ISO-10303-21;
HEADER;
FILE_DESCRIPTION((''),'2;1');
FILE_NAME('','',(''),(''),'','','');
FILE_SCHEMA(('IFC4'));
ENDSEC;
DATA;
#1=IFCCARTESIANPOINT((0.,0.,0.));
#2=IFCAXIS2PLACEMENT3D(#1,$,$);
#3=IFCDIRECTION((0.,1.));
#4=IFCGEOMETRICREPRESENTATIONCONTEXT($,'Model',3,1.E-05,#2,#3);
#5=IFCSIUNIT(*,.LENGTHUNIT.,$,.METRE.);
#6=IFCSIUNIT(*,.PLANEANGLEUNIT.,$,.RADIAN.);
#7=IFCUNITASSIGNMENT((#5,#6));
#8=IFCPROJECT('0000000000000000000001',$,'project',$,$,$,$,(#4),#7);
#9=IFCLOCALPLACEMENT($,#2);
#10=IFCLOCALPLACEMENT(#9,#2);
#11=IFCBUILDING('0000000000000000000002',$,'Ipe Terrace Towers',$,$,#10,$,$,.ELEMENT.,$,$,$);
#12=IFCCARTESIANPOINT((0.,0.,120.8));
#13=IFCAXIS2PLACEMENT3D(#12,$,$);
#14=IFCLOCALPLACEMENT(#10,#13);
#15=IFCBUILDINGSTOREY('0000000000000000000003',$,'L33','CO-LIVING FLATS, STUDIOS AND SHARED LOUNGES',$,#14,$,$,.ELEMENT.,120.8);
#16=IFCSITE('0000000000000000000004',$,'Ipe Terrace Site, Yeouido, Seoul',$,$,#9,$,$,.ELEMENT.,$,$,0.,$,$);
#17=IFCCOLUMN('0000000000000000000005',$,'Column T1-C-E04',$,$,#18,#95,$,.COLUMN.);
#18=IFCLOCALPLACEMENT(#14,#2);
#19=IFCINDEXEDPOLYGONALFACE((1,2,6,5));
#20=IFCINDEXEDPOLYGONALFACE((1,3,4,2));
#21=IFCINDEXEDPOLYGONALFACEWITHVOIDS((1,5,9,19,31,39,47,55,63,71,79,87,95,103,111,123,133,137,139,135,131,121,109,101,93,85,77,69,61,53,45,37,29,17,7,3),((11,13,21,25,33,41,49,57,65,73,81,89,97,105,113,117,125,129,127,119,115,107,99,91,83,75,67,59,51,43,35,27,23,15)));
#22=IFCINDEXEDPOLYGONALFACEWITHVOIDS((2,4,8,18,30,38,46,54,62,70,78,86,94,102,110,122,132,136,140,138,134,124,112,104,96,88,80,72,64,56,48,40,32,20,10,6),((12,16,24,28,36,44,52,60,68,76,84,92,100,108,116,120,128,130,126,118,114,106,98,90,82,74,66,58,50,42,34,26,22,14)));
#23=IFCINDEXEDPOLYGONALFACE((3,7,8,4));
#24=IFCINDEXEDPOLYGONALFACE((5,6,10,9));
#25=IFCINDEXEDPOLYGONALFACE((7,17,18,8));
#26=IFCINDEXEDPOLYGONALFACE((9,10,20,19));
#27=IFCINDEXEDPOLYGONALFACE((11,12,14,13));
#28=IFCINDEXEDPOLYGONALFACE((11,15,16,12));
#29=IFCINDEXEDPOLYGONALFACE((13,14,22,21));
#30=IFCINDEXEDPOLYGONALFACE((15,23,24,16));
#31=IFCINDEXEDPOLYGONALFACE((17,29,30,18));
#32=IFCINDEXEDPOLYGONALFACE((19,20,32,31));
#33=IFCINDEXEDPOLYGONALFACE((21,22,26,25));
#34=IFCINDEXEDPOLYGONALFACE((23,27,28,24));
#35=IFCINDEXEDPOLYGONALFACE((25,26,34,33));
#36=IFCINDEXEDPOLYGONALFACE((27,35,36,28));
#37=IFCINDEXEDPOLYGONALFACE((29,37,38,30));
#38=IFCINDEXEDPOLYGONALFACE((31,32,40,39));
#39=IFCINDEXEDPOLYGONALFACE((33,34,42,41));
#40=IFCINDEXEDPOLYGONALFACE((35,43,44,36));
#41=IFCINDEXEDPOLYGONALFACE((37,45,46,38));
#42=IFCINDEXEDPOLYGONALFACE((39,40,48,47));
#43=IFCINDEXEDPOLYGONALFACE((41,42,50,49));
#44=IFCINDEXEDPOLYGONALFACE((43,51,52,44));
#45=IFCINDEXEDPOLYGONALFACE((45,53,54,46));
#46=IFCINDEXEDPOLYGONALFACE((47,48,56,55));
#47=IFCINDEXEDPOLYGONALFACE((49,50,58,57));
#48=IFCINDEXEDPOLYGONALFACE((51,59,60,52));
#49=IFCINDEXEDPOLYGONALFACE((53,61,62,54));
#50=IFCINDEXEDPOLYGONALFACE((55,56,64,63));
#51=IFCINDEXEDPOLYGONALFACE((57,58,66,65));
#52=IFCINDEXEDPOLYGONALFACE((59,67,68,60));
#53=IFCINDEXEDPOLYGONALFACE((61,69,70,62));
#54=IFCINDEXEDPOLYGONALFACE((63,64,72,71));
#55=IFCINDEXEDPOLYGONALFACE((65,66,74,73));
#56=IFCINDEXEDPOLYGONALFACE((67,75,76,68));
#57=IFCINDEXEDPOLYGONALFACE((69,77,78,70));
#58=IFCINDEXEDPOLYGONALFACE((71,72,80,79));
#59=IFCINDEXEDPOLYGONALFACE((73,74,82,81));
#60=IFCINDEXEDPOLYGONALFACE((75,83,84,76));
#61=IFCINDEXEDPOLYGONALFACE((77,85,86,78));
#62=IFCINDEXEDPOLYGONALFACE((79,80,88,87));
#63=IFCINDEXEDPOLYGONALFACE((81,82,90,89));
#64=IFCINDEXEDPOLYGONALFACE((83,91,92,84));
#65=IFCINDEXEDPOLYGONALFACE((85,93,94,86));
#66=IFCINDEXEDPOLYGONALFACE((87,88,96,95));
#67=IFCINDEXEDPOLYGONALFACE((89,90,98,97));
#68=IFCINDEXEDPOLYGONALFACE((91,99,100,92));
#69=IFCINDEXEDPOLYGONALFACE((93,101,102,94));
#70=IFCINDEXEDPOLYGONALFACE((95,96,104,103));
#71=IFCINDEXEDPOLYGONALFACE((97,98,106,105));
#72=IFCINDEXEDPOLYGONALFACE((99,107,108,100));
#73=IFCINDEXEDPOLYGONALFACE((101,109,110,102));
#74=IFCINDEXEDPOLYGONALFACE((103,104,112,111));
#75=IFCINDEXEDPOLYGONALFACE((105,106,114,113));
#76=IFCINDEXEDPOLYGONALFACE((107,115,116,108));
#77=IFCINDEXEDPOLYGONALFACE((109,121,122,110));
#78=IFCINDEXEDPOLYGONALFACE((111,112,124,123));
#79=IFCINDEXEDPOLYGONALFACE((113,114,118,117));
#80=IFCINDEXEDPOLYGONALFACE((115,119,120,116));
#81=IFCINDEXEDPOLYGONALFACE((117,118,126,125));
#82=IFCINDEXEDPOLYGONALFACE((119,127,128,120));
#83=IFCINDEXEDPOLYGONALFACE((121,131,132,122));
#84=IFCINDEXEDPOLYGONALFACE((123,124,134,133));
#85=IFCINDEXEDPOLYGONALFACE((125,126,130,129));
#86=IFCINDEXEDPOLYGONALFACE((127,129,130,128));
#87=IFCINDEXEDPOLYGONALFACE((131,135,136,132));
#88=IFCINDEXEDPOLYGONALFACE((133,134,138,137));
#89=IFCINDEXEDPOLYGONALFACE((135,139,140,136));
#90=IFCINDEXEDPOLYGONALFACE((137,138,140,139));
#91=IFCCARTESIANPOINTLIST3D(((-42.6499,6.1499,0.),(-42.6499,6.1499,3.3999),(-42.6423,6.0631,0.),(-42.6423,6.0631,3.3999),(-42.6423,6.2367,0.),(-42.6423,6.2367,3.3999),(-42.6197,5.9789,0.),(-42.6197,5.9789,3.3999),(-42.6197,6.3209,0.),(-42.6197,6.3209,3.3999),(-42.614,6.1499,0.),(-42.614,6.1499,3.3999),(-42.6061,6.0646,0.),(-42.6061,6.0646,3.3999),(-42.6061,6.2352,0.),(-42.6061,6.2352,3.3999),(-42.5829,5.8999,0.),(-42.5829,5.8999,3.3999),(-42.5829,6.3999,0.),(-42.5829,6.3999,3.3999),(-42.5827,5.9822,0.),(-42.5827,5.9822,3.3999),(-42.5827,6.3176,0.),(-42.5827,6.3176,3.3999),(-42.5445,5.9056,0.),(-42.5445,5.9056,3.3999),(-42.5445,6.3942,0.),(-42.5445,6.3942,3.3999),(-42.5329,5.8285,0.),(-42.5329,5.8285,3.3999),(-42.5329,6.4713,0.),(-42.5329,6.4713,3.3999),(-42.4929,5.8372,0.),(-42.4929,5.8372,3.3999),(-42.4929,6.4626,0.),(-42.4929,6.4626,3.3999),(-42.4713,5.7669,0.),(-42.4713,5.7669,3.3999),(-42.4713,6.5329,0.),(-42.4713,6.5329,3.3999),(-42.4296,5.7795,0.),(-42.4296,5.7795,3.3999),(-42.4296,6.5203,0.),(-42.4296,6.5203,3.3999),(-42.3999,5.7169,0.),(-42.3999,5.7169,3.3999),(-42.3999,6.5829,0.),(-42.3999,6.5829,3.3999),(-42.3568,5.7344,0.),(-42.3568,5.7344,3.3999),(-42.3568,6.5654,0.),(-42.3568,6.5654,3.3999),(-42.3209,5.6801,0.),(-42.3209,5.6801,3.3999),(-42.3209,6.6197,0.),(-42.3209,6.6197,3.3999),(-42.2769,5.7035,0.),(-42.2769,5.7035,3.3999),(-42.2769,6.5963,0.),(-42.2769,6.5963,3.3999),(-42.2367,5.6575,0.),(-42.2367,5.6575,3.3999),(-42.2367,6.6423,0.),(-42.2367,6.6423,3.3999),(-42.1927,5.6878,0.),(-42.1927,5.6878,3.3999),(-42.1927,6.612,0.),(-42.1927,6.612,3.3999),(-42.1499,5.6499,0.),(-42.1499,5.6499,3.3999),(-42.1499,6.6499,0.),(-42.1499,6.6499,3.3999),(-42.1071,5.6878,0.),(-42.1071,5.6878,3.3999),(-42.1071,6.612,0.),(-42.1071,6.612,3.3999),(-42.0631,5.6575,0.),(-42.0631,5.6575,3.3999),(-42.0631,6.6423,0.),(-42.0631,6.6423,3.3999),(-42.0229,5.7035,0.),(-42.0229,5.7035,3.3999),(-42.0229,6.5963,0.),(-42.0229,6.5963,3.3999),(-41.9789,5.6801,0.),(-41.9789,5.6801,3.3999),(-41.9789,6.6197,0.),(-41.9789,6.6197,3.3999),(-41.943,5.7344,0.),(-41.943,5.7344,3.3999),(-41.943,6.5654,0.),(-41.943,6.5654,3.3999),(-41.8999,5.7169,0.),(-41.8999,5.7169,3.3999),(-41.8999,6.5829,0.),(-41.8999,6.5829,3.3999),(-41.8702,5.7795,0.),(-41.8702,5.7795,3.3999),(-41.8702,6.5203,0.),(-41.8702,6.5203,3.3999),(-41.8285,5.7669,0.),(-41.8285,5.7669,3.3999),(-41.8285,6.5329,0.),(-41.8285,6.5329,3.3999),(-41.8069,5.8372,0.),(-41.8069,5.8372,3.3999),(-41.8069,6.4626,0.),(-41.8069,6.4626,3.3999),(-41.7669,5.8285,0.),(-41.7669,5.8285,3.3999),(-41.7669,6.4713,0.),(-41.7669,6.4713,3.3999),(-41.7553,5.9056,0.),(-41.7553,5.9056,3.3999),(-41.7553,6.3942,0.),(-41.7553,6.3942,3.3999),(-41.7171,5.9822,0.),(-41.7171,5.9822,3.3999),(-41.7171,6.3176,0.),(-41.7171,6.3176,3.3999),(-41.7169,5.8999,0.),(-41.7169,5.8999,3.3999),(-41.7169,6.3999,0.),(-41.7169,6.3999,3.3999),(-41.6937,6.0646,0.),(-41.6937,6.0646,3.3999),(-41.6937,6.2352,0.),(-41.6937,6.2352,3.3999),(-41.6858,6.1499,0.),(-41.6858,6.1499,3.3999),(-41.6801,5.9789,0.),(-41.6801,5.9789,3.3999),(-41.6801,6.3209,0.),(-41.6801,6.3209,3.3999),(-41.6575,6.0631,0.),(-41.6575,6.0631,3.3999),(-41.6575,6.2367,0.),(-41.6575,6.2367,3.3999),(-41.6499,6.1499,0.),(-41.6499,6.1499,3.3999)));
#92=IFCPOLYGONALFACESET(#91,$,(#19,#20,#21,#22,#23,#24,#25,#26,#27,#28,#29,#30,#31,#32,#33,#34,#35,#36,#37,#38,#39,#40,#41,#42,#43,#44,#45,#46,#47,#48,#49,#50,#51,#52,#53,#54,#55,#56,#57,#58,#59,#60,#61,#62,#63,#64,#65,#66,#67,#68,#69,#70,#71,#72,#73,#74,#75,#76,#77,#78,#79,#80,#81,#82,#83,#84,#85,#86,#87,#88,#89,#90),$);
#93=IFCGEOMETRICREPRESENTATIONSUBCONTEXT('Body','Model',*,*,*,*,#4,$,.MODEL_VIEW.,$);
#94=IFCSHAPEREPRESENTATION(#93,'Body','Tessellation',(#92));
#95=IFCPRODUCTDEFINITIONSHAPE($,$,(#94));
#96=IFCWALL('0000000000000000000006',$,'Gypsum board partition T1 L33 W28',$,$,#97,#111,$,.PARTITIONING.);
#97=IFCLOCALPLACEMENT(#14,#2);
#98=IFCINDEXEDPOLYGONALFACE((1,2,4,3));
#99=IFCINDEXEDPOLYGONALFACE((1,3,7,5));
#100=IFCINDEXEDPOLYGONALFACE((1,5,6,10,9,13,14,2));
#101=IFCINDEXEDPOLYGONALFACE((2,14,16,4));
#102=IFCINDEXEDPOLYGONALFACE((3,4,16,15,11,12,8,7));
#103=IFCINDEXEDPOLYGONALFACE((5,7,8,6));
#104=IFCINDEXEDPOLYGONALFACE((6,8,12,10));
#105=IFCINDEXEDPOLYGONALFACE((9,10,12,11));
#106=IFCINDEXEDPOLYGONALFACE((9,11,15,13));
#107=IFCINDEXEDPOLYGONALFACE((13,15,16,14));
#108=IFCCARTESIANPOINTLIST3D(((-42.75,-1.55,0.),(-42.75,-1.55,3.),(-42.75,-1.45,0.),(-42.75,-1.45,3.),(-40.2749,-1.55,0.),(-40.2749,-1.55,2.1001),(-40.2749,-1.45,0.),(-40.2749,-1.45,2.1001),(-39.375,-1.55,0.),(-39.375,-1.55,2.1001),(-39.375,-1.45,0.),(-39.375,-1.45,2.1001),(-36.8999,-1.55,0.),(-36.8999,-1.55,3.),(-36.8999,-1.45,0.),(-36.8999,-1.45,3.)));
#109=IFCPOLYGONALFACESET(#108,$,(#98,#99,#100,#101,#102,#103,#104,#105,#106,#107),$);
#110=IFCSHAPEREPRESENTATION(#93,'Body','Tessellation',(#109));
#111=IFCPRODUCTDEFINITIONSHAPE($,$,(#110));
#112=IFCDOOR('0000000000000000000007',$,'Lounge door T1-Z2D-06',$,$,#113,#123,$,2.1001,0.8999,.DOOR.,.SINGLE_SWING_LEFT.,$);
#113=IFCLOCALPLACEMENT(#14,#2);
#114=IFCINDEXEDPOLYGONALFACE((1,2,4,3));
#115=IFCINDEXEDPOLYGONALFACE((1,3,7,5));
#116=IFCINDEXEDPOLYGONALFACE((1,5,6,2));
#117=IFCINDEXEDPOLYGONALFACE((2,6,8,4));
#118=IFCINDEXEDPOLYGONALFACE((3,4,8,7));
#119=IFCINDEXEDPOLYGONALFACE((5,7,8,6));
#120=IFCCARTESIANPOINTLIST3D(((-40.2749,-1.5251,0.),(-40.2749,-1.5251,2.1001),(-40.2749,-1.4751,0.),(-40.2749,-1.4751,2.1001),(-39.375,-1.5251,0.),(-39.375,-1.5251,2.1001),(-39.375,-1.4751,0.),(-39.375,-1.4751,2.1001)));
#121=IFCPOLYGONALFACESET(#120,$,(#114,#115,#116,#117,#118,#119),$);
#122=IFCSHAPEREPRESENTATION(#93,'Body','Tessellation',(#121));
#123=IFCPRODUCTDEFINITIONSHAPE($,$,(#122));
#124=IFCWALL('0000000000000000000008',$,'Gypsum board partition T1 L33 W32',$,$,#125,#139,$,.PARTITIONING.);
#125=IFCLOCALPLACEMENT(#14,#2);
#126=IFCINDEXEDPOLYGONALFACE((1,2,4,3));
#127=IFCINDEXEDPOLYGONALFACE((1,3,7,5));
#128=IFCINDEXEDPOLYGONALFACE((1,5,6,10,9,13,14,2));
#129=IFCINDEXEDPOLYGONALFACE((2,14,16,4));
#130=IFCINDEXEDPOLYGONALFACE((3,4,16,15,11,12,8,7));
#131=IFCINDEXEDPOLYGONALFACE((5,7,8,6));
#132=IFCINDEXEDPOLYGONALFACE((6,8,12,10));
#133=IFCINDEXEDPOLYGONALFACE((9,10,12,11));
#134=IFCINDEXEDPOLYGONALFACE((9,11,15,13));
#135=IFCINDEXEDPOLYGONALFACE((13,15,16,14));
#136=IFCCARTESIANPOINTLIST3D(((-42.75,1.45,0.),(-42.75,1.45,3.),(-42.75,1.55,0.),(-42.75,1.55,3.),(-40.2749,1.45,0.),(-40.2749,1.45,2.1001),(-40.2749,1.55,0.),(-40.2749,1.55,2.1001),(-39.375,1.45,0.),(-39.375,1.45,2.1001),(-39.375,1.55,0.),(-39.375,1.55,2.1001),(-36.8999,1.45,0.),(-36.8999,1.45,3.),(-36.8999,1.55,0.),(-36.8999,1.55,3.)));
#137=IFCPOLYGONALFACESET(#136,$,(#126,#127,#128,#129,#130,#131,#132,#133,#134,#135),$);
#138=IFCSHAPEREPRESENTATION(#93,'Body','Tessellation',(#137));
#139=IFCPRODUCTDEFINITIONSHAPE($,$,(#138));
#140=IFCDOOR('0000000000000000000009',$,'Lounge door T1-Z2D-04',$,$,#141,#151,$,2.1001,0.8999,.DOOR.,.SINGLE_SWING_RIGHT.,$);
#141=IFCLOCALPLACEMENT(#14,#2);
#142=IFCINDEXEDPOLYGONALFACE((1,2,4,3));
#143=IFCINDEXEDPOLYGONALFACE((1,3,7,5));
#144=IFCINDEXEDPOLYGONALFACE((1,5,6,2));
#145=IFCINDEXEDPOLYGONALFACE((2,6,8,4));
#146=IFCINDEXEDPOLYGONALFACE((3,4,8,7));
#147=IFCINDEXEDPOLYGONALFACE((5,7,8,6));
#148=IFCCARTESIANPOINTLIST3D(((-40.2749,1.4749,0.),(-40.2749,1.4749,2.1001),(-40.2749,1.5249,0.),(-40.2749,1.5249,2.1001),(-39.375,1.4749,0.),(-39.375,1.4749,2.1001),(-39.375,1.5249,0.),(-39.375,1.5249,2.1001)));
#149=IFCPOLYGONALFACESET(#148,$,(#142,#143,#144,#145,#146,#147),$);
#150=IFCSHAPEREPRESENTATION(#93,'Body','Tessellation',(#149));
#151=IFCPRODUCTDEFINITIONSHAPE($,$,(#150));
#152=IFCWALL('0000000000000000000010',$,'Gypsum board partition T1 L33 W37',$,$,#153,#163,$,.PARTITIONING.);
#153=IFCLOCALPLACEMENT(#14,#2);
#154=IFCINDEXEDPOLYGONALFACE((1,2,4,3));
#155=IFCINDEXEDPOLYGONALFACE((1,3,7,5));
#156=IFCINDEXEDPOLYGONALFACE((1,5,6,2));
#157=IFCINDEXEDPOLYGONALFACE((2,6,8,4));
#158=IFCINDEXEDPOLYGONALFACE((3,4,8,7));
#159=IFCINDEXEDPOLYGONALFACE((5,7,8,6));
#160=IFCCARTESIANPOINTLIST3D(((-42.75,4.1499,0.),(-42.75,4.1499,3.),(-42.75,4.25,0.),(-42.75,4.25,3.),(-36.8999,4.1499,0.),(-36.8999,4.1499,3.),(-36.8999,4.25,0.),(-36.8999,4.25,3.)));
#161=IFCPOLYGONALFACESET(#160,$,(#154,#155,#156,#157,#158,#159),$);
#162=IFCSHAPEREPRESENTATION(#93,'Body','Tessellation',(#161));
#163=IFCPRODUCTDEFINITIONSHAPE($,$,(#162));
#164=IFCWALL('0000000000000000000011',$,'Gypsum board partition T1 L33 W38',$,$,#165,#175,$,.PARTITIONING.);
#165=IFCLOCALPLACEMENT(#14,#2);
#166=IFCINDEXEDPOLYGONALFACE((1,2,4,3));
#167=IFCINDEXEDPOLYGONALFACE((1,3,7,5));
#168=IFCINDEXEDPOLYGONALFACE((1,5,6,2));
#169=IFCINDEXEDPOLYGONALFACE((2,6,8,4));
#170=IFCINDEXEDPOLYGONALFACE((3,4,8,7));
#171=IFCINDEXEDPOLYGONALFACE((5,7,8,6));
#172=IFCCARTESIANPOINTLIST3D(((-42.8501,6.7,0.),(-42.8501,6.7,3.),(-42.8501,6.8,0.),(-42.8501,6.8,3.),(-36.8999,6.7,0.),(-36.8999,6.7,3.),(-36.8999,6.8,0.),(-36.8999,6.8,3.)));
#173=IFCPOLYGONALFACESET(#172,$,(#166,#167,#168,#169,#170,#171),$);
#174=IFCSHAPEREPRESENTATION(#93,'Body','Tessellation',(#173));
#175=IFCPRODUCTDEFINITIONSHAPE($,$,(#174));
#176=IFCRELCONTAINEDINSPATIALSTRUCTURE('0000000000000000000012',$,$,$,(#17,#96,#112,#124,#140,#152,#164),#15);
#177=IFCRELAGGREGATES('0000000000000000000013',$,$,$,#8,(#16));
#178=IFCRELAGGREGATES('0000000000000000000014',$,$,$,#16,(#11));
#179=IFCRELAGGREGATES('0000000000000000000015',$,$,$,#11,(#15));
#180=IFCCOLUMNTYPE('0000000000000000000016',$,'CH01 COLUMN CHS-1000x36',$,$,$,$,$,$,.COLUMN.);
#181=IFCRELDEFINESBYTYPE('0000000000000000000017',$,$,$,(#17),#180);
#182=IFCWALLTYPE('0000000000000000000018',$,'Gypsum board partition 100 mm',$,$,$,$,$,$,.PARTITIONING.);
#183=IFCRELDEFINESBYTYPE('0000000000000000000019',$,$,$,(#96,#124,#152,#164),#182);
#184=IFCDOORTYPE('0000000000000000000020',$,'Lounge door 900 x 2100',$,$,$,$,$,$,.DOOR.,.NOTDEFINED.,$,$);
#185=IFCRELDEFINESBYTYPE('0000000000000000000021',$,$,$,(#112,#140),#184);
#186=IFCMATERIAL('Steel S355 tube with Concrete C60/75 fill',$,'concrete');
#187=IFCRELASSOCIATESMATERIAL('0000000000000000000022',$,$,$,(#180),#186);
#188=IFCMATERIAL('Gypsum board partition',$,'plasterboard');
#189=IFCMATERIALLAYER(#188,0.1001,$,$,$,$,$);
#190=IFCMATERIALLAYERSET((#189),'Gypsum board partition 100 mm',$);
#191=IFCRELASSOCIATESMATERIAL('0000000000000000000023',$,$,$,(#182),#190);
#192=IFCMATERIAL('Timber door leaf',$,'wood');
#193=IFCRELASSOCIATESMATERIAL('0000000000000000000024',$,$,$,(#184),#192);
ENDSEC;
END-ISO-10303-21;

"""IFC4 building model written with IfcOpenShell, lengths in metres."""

from ifc_helpers import new_model, si_unit, direction, frame, frame_2d, origin, origin_2d, place, context, subcontext, project, spatial, rectangle, hollow_circle, extrude, material, layer, layer_set, material_profile, profile_set, type_object, element, fill, save


model = new_model("IFC4")

# Units and contexts
model_context = context("Model", 3, precision=1e-05, world=origin(), true_north=direction((0.0, 1.0)))
body_context = subcontext(model_context, "Body", "Model", "MODEL_VIEW")
ifc_project = project(units=[si_unit("LENGTHUNIT", "METRE"), si_unit("PLANEANGLEUNIT", "RADIAN")], contexts=[model_context])

# Site, building, storey
site_placement = place(None, origin())
site = spatial("IfcSite", under=ifc_project, at=site_placement, Name="Ipe Terrace Site, Yeouido, Seoul", CompositionType="ELEMENT", RefElevation=0.0)
building_placement = place(site_placement, origin())
building = spatial("IfcBuilding", under=site, at=building_placement, Name="Ipe Terrace Towers", CompositionType="ELEMENT")
storey_placement = place(building_placement, frame((0.0, 0.0, 120.8)))
storey = spatial("IfcBuildingStorey", under=building, at=storey_placement, Name="L33", Description="CO-LIVING FLATS, STUDIOS AND SHARED LOUNGES", CompositionType="ELEMENT", Elevation=120.8)

# Column
ifc_material_1 = material(Name="Steel S355 tube with Concrete C60/75 fill", Category="concrete")
ifc_material_profile = material_profile(ifc_material_1, hollow_circle(Radius=0.5, WallThickness=0.0359, at=origin_2d()), Name="CHS-1000x36")
ifc_profile_set = profile_set([ifc_material_profile], Name="Steel S355 tube with Concrete C60/75 fill")
column_type = type_object("IfcColumnType", Name="CH01 COLUMN CHS-1000x36", PredefinedType="COLUMN", material=ifc_profile_set)
column_placement = place(storey_placement, frame((-42.1499, 6.1499, 0.0), z_axis=(0.0, 0.0, 1.0), x_axis=(1.0, 0.0, 0.0)))
element("IfcColumn", 1, at=column_placement, inside=storey, type_object=column_type, Name="Column T1-C-E04", PredefinedType="COLUMN", context=body_context, shape_type="SweptSolid", body=[
    extrude(hollow_circle(Radius=0.5, WallThickness=0.0359, at=origin_2d()), origin(), (0.0, 0.0, 1.0), 3.3999),
])

# Walls, openings, doors
ifc_material_2 = material(Name="Gypsum board partition", Category="plasterboard")
ifc_layer_1 = layer(ifc_material_2, 0.1001)
ifc_layer_set_1 = layer_set([ifc_layer_1], Name="Gypsum board partition 100 mm")
wall_type_1 = type_object("IfcWallType", Name="Gypsum board partition 100 mm", PredefinedType="PARTITIONING", material=ifc_layer_set_1)
wall_1_placement = place(storey_placement, frame((-42.75, -1.5, 0.0), z_axis=(0.0, 0.0, 1.0), x_axis=(1.0, 0.0, 0.0)))
wall_1 = element("IfcWall", 2, at=wall_1_placement, inside=storey, type_object=wall_type_1, Name="Gypsum board partition T1 L33 W28", PredefinedType="PARTITIONING", context=body_context, shape_type="SweptSolid", body=[
    extrude(rectangle(XDim=5.8501, YDim=0.1001, at=frame_2d((2.925, 0.0))), origin(), (0.0, 0.0, 1.0), 3.0),
])
opening_1_placement = place(wall_1_placement, frame((2.4751, 0.0, 0.0)))
opening_1 = element("IfcOpeningElement", 3, at=opening_1_placement, cuts=wall_1, PredefinedType="OPENING", context=body_context, shape_type="SweptSolid", body=[
    extrude(rectangle(XDim=0.8999, YDim=2.1001, at=frame_2d((0.45, 1.05))), frame((0.0, 0.0601, 0.0), z_axis=(0.0, -1.0, 0.0), x_axis=(1.0, 0.0, 0.0)), (0.0, 0.0, 1.0), 0.1201),
])
ifc_material_3 = material(Name="Timber door leaf", Category="wood")
door_type_1 = type_object("IfcDoorType", Name="Lounge door 900 x 2100", OperationType="NOTDEFINED", PredefinedType="DOOR", material=ifc_material_3)
door_1_placement = place(opening_1_placement, origin())
door_1 = element("IfcDoor", 4, at=door_1_placement, inside=storey, type_object=door_type_1, Name="Lounge door T1-Z2D-06", OperationType="SINGLE_SWING_LEFT", OverallHeight=2.1001, OverallWidth=0.8999, PredefinedType="DOOR", context=body_context, shape_type="SweptSolid", body=[
    extrude(rectangle(XDim=0.8999, YDim=2.1001, at=frame_2d((0.45, 1.05))), frame((0.0, 0.0249, 0.0), z_axis=(0.0, -1.0, 0.0), x_axis=(1.0, 0.0, 0.0)), (0.0, 0.0, 1.0), 0.05),
])
fill(opening_1, door_1)
wall_2_placement = place(storey_placement, frame((-42.75, 1.5, 0.0), z_axis=(0.0, 0.0, 1.0), x_axis=(1.0, 0.0, 0.0)))
wall_2 = element("IfcWall", 5, at=wall_2_placement, inside=storey, type_object=wall_type_1, Name="Gypsum board partition T1 L33 W32", PredefinedType="PARTITIONING", context=body_context, shape_type="SweptSolid", body=[
    extrude(rectangle(XDim=5.8501, YDim=0.1001, at=frame_2d((2.925, 0.0))), origin(), (0.0, 0.0, 1.0), 3.0),
])
opening_2_placement = place(wall_2_placement, frame((2.4751, 0.0, 0.0)))
opening_2 = element("IfcOpeningElement", 6, at=opening_2_placement, cuts=wall_2, PredefinedType="OPENING", context=body_context, shape_type="SweptSolid", body=[
    extrude(rectangle(XDim=0.8999, YDim=2.1001, at=frame_2d((0.45, 1.05))), frame((0.0, 0.0601, 0.0), z_axis=(0.0, -1.0, 0.0), x_axis=(1.0, 0.0, 0.0)), (0.0, 0.0, 1.0), 0.1201),
])
door_2_placement = place(opening_2_placement, origin())
door_2 = element("IfcDoor", 7, at=door_2_placement, inside=storey, type_object=door_type_1, Name="Lounge door T1-Z2D-04", OperationType="SINGLE_SWING_RIGHT", OverallHeight=2.1001, OverallWidth=0.8999, PredefinedType="DOOR", context=body_context, shape_type="SweptSolid", body=[
    extrude(rectangle(XDim=0.8999, YDim=2.1001, at=frame_2d((0.45, 1.05))), frame((0.0, 0.0249, 0.0), z_axis=(0.0, -1.0, 0.0), x_axis=(1.0, 0.0, 0.0)), (0.0, 0.0, 1.0), 0.05),
])
fill(opening_2, door_2)

# Walls
wall_3_placement = place(storey_placement, frame((-42.75, 4.2, 0.0), z_axis=(0.0, 0.0, 1.0), x_axis=(1.0, 0.0, 0.0)))
element("IfcWall", 8, at=wall_3_placement, inside=storey, type_object=wall_type_1, Name="Gypsum board partition T1 L33 W37", PredefinedType="PARTITIONING", context=body_context, shape_type="SweptSolid", body=[
    extrude(rectangle(XDim=5.8501, YDim=0.1001, at=frame_2d((2.925, 0.0))), origin(), (0.0, 0.0, 1.0), 3.0),
])
wall_4_placement = place(storey_placement, frame((-42.8501, 6.75, 0.0), z_axis=(0.0, 0.0, 1.0), x_axis=(1.0, 0.0, 0.0)))
element("IfcWall", 9, at=wall_4_placement, inside=storey, type_object=wall_type_1, Name="Gypsum board partition T1 L33 W38", PredefinedType="PARTITIONING", context=body_context, shape_type="SweptSolid", body=[
    extrude(rectangle(XDim=5.9502, YDim=0.1001, at=frame_2d((2.9751, 0.0))), origin(), (0.0, 0.0, 1.0), 3.0),
])

save(model, "model.ifc")
